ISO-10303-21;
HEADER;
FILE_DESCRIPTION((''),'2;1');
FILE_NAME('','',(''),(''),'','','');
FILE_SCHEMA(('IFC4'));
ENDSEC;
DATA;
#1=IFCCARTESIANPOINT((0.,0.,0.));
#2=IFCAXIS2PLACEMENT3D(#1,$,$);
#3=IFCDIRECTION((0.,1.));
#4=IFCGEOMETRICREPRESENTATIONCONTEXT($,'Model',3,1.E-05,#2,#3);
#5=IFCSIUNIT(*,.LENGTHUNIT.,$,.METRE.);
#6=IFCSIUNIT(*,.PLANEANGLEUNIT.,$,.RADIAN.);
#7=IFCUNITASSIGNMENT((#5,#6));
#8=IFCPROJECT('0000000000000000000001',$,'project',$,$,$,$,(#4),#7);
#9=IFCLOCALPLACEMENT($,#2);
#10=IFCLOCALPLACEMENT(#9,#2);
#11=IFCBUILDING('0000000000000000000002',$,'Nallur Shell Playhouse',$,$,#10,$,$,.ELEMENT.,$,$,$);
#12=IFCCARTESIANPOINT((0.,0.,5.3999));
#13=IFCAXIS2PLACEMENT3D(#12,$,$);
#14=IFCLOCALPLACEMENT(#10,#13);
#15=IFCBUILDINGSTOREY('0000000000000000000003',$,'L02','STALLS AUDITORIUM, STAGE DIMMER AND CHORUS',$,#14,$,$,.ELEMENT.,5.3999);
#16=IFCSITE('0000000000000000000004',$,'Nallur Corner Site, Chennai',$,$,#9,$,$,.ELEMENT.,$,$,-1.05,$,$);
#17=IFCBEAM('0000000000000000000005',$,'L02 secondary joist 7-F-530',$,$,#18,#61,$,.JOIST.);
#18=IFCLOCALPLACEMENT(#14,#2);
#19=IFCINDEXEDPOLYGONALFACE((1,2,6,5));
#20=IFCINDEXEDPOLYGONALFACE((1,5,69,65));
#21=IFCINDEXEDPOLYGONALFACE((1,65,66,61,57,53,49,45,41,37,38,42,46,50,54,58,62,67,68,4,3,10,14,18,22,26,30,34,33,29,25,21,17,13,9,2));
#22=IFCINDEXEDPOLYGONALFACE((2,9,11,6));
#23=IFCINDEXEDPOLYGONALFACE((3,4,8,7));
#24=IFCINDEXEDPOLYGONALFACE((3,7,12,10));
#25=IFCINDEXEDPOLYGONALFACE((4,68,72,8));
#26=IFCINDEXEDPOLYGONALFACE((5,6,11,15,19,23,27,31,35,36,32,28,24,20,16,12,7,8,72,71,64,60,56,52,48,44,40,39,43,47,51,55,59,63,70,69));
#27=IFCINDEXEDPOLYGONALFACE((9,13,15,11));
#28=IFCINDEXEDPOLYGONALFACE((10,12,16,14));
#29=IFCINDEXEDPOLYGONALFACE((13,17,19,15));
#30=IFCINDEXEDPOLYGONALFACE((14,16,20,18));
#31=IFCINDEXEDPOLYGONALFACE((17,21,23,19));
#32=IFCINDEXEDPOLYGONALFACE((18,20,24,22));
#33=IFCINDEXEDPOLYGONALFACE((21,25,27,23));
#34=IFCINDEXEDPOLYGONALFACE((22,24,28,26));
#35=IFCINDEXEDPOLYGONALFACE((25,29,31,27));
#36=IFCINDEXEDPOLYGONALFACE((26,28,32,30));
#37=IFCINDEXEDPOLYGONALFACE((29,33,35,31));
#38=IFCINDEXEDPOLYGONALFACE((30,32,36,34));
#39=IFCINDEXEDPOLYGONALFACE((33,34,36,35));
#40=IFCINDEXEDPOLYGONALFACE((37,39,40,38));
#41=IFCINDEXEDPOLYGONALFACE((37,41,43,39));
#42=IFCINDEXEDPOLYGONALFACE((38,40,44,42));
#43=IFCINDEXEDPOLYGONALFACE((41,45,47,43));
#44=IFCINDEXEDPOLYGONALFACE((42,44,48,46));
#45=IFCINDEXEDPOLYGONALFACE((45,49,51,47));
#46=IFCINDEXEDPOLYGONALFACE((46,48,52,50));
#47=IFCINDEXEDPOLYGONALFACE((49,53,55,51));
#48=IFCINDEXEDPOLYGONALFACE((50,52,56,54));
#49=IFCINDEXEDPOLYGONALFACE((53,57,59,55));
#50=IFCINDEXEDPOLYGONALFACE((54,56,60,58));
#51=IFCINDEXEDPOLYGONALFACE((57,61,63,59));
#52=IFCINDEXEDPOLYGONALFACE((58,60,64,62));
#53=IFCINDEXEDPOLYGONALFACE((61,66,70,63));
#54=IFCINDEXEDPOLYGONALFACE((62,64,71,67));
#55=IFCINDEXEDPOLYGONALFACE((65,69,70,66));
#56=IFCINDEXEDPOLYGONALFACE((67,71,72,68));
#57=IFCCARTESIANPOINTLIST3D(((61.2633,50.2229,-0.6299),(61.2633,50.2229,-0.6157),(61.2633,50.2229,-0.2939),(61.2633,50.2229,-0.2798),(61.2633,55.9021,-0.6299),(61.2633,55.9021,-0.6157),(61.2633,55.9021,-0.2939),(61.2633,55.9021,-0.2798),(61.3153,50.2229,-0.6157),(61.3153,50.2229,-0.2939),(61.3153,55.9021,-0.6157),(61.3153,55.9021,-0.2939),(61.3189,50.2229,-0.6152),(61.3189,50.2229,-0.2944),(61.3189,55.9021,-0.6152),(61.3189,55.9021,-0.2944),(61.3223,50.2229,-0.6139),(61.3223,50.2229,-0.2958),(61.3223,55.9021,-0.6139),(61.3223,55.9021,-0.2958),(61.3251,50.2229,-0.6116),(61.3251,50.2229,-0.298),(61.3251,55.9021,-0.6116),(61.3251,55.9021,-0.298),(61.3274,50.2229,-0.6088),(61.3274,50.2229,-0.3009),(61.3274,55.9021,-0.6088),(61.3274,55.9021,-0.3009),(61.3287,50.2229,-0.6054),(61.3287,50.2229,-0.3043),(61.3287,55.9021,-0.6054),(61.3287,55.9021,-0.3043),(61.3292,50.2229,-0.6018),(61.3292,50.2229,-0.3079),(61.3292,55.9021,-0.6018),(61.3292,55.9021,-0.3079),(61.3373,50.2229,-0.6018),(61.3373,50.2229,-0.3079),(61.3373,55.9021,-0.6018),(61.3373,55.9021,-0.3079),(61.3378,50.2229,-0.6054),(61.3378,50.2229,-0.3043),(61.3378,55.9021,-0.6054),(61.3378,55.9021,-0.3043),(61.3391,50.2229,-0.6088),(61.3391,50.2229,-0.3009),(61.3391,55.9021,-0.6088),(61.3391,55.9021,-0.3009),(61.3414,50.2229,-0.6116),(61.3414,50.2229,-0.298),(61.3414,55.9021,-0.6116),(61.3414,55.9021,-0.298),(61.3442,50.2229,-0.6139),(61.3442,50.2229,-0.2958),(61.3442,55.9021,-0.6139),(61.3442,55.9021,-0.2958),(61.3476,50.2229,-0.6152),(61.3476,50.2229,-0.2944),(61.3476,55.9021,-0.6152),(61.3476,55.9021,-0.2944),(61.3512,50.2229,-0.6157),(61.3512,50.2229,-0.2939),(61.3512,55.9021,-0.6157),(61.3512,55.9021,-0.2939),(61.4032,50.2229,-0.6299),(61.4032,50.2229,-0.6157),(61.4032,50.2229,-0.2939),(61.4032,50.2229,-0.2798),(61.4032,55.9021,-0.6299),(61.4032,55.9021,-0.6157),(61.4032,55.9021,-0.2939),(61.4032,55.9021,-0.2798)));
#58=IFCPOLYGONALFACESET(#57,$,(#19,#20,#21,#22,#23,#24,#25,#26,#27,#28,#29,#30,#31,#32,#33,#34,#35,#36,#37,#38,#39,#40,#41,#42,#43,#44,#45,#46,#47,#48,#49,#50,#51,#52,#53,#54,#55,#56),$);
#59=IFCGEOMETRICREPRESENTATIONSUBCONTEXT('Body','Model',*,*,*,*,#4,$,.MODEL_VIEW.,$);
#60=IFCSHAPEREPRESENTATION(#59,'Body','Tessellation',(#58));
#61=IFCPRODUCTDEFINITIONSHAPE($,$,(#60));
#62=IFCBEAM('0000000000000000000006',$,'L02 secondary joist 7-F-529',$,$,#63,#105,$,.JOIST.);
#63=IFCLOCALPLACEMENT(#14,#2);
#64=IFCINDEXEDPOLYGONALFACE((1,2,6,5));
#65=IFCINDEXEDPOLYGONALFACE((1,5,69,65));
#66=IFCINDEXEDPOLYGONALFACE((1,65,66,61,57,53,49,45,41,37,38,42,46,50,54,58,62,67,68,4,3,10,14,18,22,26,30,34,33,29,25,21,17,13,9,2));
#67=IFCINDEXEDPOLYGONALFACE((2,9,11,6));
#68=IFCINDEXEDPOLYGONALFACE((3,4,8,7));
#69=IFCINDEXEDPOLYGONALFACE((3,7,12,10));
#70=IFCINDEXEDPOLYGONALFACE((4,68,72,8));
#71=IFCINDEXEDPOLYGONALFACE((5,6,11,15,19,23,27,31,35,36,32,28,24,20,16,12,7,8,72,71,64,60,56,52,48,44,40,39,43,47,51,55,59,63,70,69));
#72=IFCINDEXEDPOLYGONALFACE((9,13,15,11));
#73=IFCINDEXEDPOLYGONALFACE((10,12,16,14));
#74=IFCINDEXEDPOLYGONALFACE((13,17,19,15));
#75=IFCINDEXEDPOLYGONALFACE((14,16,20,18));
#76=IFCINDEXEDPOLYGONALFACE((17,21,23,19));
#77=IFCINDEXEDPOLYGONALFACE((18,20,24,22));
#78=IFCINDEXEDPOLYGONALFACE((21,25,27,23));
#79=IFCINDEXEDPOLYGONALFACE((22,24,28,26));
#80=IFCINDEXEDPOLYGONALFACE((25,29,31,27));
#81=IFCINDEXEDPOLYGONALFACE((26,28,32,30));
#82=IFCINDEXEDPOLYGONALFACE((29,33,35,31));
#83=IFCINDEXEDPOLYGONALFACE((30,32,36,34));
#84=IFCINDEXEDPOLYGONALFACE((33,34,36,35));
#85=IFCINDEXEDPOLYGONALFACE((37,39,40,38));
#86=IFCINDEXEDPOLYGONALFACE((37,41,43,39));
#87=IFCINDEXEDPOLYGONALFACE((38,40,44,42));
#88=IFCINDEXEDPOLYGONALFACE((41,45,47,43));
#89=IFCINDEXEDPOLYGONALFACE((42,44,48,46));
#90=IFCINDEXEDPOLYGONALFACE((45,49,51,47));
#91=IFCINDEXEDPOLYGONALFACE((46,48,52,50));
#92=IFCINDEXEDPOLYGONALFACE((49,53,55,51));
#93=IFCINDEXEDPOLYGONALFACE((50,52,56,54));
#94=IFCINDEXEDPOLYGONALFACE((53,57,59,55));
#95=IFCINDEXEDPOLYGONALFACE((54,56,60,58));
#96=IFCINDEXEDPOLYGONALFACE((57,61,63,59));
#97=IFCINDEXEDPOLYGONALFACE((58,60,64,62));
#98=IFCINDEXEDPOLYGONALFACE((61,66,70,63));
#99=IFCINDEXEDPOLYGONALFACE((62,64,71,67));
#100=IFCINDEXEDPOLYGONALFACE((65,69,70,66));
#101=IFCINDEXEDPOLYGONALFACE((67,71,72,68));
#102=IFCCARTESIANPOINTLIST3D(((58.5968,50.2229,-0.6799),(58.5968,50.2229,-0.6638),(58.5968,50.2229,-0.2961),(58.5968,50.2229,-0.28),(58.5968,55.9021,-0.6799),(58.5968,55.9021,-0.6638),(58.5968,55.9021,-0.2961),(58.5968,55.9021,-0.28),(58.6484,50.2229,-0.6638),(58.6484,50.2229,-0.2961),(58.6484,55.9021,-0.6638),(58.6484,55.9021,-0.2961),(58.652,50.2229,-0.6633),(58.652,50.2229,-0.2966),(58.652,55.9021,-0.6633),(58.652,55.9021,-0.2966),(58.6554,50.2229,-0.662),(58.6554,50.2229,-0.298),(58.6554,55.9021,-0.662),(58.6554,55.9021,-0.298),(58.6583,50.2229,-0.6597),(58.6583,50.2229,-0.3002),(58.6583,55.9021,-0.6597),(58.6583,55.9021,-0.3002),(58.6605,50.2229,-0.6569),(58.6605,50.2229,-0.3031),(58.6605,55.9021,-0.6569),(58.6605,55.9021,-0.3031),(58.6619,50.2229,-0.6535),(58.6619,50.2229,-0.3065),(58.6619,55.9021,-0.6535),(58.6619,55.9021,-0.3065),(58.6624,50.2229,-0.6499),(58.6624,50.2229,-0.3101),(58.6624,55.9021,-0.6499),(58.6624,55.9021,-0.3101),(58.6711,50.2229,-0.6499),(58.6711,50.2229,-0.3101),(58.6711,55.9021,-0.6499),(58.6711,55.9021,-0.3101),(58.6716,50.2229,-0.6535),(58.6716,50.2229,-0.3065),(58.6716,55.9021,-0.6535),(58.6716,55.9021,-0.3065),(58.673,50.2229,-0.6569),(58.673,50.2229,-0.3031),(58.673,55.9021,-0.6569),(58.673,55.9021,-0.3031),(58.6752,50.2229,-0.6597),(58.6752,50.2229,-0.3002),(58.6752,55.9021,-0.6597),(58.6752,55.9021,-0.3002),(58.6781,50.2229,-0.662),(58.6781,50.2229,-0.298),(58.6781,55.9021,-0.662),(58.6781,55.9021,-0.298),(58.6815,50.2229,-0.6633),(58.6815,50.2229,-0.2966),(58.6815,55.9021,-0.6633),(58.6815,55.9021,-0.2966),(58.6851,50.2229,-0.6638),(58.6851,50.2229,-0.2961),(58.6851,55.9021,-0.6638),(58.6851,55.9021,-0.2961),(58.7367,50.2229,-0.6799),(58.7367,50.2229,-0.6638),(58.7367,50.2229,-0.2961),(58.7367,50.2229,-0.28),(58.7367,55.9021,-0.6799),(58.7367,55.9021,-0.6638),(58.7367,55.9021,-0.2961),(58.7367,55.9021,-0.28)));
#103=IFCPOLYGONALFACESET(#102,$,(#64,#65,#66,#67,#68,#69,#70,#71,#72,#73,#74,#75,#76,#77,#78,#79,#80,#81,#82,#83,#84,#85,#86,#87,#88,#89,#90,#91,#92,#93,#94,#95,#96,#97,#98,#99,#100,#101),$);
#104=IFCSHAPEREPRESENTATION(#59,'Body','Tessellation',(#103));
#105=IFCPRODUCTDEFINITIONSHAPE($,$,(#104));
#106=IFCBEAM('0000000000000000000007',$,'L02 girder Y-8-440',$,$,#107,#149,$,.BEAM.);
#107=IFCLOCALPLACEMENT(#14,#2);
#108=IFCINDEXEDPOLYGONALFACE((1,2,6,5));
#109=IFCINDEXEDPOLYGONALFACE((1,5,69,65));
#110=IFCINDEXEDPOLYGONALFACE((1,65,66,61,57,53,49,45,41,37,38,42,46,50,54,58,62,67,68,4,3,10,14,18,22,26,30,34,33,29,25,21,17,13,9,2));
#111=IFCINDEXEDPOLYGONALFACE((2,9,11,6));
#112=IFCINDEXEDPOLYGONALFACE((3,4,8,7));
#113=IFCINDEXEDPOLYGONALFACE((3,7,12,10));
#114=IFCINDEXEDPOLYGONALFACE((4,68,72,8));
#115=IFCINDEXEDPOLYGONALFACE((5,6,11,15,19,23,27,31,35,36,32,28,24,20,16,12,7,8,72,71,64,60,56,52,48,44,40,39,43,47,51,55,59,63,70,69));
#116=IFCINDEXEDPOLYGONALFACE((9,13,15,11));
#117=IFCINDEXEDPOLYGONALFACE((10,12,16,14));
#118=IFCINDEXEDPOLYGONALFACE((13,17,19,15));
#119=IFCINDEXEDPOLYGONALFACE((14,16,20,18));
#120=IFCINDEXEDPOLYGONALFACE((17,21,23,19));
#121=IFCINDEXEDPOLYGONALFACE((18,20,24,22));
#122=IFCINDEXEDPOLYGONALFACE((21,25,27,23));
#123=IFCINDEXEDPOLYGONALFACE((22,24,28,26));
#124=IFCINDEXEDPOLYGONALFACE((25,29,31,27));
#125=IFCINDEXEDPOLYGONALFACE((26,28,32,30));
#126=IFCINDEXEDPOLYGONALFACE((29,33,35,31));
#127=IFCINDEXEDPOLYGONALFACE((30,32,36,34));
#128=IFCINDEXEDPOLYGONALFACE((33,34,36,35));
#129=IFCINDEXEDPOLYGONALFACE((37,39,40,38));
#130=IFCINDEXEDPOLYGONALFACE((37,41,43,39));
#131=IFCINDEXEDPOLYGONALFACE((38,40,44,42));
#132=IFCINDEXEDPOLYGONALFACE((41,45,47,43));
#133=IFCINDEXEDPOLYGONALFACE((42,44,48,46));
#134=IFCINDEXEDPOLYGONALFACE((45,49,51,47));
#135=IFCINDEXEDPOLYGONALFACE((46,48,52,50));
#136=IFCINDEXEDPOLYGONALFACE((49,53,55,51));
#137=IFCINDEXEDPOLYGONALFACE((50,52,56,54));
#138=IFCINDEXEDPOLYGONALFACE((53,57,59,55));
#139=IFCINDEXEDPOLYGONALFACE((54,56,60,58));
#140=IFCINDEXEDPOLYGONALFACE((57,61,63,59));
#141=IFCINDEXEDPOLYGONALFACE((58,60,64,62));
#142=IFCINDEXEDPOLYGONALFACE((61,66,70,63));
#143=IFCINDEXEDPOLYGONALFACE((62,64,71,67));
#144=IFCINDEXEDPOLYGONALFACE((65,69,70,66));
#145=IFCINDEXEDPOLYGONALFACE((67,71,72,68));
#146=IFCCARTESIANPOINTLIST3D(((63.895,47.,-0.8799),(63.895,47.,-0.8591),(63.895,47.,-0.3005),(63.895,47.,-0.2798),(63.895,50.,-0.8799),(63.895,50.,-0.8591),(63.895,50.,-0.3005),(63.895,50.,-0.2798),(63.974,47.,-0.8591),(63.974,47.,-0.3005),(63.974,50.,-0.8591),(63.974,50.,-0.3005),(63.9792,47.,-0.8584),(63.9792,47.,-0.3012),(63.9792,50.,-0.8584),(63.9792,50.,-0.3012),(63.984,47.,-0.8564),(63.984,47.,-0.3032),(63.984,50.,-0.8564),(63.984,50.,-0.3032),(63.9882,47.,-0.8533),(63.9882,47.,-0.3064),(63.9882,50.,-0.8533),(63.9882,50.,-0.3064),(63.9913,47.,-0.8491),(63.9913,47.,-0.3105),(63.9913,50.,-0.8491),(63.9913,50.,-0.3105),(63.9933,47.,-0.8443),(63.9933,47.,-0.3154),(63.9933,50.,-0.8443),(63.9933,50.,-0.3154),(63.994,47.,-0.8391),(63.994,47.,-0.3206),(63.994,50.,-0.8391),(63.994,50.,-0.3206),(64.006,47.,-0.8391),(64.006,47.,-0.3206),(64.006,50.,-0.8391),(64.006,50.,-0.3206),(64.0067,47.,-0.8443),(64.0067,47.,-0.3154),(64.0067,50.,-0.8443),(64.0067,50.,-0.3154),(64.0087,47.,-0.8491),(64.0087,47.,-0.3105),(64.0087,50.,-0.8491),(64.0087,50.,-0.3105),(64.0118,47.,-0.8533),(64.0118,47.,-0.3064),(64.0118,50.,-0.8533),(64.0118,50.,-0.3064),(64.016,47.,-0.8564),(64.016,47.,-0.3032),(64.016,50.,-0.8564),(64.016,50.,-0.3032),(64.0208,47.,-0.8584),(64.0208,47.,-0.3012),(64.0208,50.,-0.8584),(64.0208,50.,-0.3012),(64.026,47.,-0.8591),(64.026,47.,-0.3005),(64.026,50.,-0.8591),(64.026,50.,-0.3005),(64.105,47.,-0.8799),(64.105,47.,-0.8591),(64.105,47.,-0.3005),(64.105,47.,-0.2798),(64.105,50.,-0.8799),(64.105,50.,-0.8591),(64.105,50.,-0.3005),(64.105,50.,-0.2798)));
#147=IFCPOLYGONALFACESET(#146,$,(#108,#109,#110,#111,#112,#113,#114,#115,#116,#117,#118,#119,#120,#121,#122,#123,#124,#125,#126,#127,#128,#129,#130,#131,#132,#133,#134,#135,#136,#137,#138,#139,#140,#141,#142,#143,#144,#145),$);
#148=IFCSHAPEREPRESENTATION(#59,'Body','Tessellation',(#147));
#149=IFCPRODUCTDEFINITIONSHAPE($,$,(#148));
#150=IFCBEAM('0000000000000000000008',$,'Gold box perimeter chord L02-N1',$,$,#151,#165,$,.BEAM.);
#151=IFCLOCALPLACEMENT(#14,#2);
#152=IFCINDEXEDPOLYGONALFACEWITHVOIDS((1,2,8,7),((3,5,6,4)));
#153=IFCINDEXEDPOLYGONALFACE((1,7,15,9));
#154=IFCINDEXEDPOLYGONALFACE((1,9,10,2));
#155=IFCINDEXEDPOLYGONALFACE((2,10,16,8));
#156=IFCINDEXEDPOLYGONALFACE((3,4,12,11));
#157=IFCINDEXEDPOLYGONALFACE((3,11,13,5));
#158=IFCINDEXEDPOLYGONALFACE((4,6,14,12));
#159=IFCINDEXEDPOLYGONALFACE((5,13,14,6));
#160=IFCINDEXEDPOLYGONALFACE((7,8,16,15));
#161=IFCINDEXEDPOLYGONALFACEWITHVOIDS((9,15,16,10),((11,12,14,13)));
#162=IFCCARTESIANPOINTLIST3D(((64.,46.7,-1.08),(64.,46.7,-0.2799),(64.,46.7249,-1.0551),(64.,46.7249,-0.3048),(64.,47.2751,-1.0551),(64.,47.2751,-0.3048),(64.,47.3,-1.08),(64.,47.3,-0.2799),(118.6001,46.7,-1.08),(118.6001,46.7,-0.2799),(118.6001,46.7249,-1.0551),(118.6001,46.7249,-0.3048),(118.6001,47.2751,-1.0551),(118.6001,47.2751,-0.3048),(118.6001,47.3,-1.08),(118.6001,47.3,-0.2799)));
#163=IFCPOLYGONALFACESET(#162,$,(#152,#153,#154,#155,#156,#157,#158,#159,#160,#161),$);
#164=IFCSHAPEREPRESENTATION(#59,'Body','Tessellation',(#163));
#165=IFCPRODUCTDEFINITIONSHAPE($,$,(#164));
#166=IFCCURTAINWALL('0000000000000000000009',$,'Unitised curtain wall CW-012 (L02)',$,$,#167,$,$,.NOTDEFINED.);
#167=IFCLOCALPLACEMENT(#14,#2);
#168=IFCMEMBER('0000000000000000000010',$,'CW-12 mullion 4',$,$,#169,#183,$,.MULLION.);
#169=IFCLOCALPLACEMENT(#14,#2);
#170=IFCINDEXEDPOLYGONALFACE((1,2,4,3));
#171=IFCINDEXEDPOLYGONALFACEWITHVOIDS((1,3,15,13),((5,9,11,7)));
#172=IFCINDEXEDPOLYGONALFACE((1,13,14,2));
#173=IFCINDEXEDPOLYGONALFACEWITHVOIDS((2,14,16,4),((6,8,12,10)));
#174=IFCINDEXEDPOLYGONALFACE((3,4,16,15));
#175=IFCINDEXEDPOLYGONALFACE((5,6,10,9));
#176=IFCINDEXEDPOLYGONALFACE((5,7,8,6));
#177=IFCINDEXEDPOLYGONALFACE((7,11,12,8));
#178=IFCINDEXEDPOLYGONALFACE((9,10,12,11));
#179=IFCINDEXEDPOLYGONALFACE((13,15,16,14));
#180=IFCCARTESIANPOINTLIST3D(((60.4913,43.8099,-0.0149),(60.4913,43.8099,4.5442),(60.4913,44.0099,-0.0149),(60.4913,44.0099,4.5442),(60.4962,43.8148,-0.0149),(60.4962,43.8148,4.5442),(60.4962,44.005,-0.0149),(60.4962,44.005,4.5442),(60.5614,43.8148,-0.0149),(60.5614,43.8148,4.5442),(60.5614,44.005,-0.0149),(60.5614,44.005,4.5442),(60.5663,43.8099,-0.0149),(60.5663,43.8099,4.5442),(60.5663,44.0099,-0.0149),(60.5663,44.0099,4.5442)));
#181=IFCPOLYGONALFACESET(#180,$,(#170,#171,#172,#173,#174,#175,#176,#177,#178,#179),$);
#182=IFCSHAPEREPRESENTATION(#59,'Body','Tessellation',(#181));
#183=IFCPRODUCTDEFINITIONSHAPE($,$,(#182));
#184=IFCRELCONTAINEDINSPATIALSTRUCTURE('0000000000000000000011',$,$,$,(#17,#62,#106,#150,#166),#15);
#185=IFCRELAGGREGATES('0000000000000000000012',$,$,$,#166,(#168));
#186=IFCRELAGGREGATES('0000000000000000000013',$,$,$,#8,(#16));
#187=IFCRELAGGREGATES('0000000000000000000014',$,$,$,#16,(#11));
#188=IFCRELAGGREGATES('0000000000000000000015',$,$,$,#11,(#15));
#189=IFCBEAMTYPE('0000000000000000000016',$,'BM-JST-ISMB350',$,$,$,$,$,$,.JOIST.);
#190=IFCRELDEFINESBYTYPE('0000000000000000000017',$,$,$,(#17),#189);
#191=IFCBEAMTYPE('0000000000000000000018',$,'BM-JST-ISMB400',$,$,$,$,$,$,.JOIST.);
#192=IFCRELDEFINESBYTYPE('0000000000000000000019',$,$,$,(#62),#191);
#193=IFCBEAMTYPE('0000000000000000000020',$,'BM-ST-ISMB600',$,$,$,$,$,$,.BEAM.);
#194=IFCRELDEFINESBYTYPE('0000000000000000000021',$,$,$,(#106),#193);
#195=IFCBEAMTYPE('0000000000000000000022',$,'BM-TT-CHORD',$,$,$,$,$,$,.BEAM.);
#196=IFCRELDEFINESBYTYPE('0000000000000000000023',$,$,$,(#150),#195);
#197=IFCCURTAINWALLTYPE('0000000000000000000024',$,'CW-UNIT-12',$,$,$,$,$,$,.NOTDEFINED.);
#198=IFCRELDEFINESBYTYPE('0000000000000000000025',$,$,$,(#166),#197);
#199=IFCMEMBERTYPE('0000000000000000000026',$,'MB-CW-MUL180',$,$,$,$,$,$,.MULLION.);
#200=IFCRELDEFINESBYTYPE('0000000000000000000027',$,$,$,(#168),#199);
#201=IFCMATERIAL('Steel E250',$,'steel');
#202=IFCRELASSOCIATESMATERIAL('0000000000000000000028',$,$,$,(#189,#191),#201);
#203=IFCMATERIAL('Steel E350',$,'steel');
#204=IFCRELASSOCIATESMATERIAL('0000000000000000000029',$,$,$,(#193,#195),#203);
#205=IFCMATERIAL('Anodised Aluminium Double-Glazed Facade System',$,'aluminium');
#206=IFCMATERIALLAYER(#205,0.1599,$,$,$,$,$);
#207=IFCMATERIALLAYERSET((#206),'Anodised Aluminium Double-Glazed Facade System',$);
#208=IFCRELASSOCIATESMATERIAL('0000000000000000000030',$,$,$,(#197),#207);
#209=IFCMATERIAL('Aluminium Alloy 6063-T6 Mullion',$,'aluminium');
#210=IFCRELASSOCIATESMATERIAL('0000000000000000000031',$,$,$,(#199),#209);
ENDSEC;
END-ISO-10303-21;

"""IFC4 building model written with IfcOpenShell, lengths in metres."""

from ifc_helpers import new_model, si_unit, direction, frame, origin, origin_2d, place, context, subcontext, project, spatial, hollow_rectangle, i_section, extrude, material, layer, layer_set, material_profile, profile_set, type_object, element, aggregate, save


model = new_model("IFC4")

# Units and contexts
model_context = context("Model", 3, precision=1e-05, world=origin(), true_north=direction((0.0, 1.0)))
body_context = subcontext(model_context, "Body", "Model", "MODEL_VIEW")
ifc_project = project(units=[si_unit("LENGTHUNIT", "METRE"), si_unit("PLANEANGLEUNIT", "RADIAN")], contexts=[model_context])

# Site, building, storey
site_placement = place(None, origin())
site = spatial("IfcSite", under=ifc_project, at=site_placement, Name="Nallur Corner Site, Chennai", CompositionType="ELEMENT", RefElevation=-1.05)
building_placement = place(site_placement, origin())
building = spatial("IfcBuilding", under=site, at=building_placement, Name="Nallur Shell Playhouse", CompositionType="ELEMENT")
storey_placement = place(building_placement, frame((0.0, 0.0, 5.3999)))
storey = spatial("IfcBuildingStorey", under=building, at=storey_placement, Name="L02", Description="STALLS AUDITORIUM, STAGE DIMMER AND CHORUS", CompositionType="ELEMENT", Elevation=5.3999)

# Shared definitions
ifc_material_1 = material(Name="Steel E350", Category="steel")

# Beams
ifc_material_2 = material(Name="Steel E250", Category="steel")
ifc_material_profile_1 = material_profile(ifc_material_2, i_section(OverallWidth=0.1399, OverallDepth=0.3501, WebThickness=0.0081, FlangeThickness=0.0142, FilletRadius=0.0139, at=origin_2d()), Name="ISMB 350")
ifc_profile_set_1 = profile_set([ifc_material_profile_1], Name="Steel E250")
beam_type_1 = type_object("IfcBeamType", Name="BM-JST-ISMB350", PredefinedType="JOIST", material=ifc_profile_set_1)
beam_1_placement = place(storey_placement, frame((61.3333, 50.2229, -0.4548), z_axis=(0.0, 1.0, 0.0), x_axis=(-1.0, 0.0, 0.0)))
element("IfcBeam", 1, at=beam_1_placement, inside=storey, type_object=beam_type_1, Name="L02 secondary joist 7-F-530", PredefinedType="JOIST", context=body_context, shape_type="SweptSolid", body=[
    extrude(i_section(OverallWidth=0.1399, OverallDepth=0.3501, WebThickness=0.0081, FlangeThickness=0.0142, FilletRadius=0.0139, at=origin_2d()), origin(), (0.0, 0.0, 1.0), 5.6792),
])
ifc_material_profile_2 = material_profile(ifc_material_2, i_section(OverallWidth=0.1399, OverallDepth=0.3999, WebThickness=0.0088, FlangeThickness=0.0161, FilletRadius=0.0139, at=origin_2d()), Name="ISMB 400")
ifc_profile_set_2 = profile_set([ifc_material_profile_2], Name="Steel E250")
beam_type_2 = type_object("IfcBeamType", Name="BM-JST-ISMB400", PredefinedType="JOIST", material=ifc_profile_set_2)
beam_2_placement = place(storey_placement, frame((58.6667, 50.2229, -0.48), z_axis=(0.0, 1.0, 0.0), x_axis=(-1.0, 0.0, 0.0)))
element("IfcBeam", 2, at=beam_2_placement, inside=storey, type_object=beam_type_2, Name="L02 secondary joist 7-F-529", PredefinedType="JOIST", context=body_context, shape_type="SweptSolid", body=[
    extrude(i_section(OverallWidth=0.1399, OverallDepth=0.3999, WebThickness=0.0088, FlangeThickness=0.0161, FilletRadius=0.0139, at=origin_2d()), origin(), (0.0, 0.0, 1.0), 5.6792),
])
ifc_material_profile_3 = material_profile(ifc_material_1, i_section(OverallWidth=0.21, OverallDepth=0.6001, WebThickness=0.012, FlangeThickness=0.0208, FilletRadius=0.02, at=origin_2d()), Name="ISMB 600")
ifc_profile_set_3 = profile_set([ifc_material_profile_3], Name="Steel E350")
beam_type_3 = type_object("IfcBeamType", Name="BM-ST-ISMB600", PredefinedType="BEAM", material=ifc_profile_set_3)
beam_3_placement = place(storey_placement, frame((64.0, 47.0, -0.5798), z_axis=(0.0, 1.0, 0.0), x_axis=(-1.0, 0.0, 0.0)))
element("IfcBeam", 3, at=beam_3_placement, inside=storey, type_object=beam_type_3, Name="L02 girder Y-8-440", PredefinedType="BEAM", context=body_context, shape_type="SweptSolid", body=[
    extrude(i_section(OverallWidth=0.21, OverallDepth=0.6001, WebThickness=0.012, FlangeThickness=0.0208, FilletRadius=0.02, at=origin_2d()), origin(), (0.0, 0.0, 1.0), 3.0),
])
ifc_material_profile_4 = material_profile(ifc_material_1, hollow_rectangle(XDim=0.6001, YDim=0.8, WallThickness=0.0249, at=origin_2d()), Name="BOX 600x800x25")
ifc_profile_set_4 = profile_set([ifc_material_profile_4], Name="Steel E350")
beam_type_4 = type_object("IfcBeamType", Name="BM-TT-CHORD", PredefinedType="BEAM", material=ifc_profile_set_4)
beam_4_placement = place(storey_placement, frame((64.0, 47.0, -0.6799), z_axis=(1.0, 0.0, 0.0), x_axis=(0.0, 1.0, 0.0)))
element("IfcBeam", 4, at=beam_4_placement, inside=storey, type_object=beam_type_4, Name="Gold box perimeter chord L02-N1", PredefinedType="BEAM", context=body_context, shape_type="SweptSolid", body=[
    extrude(hollow_rectangle(XDim=0.6001, YDim=0.8, WallThickness=0.0249, at=origin_2d()), origin(), (0.0, 0.0, 1.0), 54.6001),
])

# Curtain wall, member
ifc_material_3 = material(Name="Anodised Aluminium Double-Glazed Facade System", Category="aluminium")
ifc_layer_1 = layer(ifc_material_3, 0.1599)
ifc_layer_set_1 = layer_set([ifc_layer_1], Name="Anodised Aluminium Double-Glazed Facade System")
curtain_wall_type = type_object("IfcCurtainWallType", Name="CW-UNIT-12", PredefinedType="NOTDEFINED", material=ifc_layer_set_1)
curtain_wall_placement = place(storey_placement, origin())
curtain_wall = element("IfcCurtainWall", 5, at=curtain_wall_placement, inside=storey, type_object=curtain_wall_type, Name="Unitised curtain wall CW-012 (L02)", PredefinedType="NOTDEFINED")
ifc_material_4 = material(Name="Aluminium Alloy 6063-T6 Mullion", Category="aluminium")
ifc_material_profile_5 = material_profile(ifc_material_4, hollow_rectangle(XDim=0.075, YDim=0.2, WallThickness=0.0049, at=origin_2d()), Name="ALU 75x200x5")
ifc_profile_set_5 = profile_set([ifc_material_profile_5], Name="Aluminium Alloy 6063-T6 Mullion")
member_type_1 = type_object("IfcMemberType", Name="MB-CW-MUL180", PredefinedType="MULLION", material=ifc_profile_set_5)
member_1_placement = place(storey_placement, frame((60.5288, 43.9099, -0.0149), z_axis=(0.0, 0.0, 1.0), x_axis=(1.0, 0.0, 0.0)))
member_1 = element("IfcMember", 6, at=member_1_placement, type_object=member_type_1, Name="CW-12 mullion 4", PredefinedType="MULLION", context=body_context, shape_type="SweptSolid", body=[
    extrude(hollow_rectangle(XDim=0.075, YDim=0.2, WallThickness=0.0049, at=origin_2d()), origin(), (0.0, 0.0, 1.0), 4.5591),
])

aggregate(curtain_wall, [member_1])

save(model, "model.ifc")
